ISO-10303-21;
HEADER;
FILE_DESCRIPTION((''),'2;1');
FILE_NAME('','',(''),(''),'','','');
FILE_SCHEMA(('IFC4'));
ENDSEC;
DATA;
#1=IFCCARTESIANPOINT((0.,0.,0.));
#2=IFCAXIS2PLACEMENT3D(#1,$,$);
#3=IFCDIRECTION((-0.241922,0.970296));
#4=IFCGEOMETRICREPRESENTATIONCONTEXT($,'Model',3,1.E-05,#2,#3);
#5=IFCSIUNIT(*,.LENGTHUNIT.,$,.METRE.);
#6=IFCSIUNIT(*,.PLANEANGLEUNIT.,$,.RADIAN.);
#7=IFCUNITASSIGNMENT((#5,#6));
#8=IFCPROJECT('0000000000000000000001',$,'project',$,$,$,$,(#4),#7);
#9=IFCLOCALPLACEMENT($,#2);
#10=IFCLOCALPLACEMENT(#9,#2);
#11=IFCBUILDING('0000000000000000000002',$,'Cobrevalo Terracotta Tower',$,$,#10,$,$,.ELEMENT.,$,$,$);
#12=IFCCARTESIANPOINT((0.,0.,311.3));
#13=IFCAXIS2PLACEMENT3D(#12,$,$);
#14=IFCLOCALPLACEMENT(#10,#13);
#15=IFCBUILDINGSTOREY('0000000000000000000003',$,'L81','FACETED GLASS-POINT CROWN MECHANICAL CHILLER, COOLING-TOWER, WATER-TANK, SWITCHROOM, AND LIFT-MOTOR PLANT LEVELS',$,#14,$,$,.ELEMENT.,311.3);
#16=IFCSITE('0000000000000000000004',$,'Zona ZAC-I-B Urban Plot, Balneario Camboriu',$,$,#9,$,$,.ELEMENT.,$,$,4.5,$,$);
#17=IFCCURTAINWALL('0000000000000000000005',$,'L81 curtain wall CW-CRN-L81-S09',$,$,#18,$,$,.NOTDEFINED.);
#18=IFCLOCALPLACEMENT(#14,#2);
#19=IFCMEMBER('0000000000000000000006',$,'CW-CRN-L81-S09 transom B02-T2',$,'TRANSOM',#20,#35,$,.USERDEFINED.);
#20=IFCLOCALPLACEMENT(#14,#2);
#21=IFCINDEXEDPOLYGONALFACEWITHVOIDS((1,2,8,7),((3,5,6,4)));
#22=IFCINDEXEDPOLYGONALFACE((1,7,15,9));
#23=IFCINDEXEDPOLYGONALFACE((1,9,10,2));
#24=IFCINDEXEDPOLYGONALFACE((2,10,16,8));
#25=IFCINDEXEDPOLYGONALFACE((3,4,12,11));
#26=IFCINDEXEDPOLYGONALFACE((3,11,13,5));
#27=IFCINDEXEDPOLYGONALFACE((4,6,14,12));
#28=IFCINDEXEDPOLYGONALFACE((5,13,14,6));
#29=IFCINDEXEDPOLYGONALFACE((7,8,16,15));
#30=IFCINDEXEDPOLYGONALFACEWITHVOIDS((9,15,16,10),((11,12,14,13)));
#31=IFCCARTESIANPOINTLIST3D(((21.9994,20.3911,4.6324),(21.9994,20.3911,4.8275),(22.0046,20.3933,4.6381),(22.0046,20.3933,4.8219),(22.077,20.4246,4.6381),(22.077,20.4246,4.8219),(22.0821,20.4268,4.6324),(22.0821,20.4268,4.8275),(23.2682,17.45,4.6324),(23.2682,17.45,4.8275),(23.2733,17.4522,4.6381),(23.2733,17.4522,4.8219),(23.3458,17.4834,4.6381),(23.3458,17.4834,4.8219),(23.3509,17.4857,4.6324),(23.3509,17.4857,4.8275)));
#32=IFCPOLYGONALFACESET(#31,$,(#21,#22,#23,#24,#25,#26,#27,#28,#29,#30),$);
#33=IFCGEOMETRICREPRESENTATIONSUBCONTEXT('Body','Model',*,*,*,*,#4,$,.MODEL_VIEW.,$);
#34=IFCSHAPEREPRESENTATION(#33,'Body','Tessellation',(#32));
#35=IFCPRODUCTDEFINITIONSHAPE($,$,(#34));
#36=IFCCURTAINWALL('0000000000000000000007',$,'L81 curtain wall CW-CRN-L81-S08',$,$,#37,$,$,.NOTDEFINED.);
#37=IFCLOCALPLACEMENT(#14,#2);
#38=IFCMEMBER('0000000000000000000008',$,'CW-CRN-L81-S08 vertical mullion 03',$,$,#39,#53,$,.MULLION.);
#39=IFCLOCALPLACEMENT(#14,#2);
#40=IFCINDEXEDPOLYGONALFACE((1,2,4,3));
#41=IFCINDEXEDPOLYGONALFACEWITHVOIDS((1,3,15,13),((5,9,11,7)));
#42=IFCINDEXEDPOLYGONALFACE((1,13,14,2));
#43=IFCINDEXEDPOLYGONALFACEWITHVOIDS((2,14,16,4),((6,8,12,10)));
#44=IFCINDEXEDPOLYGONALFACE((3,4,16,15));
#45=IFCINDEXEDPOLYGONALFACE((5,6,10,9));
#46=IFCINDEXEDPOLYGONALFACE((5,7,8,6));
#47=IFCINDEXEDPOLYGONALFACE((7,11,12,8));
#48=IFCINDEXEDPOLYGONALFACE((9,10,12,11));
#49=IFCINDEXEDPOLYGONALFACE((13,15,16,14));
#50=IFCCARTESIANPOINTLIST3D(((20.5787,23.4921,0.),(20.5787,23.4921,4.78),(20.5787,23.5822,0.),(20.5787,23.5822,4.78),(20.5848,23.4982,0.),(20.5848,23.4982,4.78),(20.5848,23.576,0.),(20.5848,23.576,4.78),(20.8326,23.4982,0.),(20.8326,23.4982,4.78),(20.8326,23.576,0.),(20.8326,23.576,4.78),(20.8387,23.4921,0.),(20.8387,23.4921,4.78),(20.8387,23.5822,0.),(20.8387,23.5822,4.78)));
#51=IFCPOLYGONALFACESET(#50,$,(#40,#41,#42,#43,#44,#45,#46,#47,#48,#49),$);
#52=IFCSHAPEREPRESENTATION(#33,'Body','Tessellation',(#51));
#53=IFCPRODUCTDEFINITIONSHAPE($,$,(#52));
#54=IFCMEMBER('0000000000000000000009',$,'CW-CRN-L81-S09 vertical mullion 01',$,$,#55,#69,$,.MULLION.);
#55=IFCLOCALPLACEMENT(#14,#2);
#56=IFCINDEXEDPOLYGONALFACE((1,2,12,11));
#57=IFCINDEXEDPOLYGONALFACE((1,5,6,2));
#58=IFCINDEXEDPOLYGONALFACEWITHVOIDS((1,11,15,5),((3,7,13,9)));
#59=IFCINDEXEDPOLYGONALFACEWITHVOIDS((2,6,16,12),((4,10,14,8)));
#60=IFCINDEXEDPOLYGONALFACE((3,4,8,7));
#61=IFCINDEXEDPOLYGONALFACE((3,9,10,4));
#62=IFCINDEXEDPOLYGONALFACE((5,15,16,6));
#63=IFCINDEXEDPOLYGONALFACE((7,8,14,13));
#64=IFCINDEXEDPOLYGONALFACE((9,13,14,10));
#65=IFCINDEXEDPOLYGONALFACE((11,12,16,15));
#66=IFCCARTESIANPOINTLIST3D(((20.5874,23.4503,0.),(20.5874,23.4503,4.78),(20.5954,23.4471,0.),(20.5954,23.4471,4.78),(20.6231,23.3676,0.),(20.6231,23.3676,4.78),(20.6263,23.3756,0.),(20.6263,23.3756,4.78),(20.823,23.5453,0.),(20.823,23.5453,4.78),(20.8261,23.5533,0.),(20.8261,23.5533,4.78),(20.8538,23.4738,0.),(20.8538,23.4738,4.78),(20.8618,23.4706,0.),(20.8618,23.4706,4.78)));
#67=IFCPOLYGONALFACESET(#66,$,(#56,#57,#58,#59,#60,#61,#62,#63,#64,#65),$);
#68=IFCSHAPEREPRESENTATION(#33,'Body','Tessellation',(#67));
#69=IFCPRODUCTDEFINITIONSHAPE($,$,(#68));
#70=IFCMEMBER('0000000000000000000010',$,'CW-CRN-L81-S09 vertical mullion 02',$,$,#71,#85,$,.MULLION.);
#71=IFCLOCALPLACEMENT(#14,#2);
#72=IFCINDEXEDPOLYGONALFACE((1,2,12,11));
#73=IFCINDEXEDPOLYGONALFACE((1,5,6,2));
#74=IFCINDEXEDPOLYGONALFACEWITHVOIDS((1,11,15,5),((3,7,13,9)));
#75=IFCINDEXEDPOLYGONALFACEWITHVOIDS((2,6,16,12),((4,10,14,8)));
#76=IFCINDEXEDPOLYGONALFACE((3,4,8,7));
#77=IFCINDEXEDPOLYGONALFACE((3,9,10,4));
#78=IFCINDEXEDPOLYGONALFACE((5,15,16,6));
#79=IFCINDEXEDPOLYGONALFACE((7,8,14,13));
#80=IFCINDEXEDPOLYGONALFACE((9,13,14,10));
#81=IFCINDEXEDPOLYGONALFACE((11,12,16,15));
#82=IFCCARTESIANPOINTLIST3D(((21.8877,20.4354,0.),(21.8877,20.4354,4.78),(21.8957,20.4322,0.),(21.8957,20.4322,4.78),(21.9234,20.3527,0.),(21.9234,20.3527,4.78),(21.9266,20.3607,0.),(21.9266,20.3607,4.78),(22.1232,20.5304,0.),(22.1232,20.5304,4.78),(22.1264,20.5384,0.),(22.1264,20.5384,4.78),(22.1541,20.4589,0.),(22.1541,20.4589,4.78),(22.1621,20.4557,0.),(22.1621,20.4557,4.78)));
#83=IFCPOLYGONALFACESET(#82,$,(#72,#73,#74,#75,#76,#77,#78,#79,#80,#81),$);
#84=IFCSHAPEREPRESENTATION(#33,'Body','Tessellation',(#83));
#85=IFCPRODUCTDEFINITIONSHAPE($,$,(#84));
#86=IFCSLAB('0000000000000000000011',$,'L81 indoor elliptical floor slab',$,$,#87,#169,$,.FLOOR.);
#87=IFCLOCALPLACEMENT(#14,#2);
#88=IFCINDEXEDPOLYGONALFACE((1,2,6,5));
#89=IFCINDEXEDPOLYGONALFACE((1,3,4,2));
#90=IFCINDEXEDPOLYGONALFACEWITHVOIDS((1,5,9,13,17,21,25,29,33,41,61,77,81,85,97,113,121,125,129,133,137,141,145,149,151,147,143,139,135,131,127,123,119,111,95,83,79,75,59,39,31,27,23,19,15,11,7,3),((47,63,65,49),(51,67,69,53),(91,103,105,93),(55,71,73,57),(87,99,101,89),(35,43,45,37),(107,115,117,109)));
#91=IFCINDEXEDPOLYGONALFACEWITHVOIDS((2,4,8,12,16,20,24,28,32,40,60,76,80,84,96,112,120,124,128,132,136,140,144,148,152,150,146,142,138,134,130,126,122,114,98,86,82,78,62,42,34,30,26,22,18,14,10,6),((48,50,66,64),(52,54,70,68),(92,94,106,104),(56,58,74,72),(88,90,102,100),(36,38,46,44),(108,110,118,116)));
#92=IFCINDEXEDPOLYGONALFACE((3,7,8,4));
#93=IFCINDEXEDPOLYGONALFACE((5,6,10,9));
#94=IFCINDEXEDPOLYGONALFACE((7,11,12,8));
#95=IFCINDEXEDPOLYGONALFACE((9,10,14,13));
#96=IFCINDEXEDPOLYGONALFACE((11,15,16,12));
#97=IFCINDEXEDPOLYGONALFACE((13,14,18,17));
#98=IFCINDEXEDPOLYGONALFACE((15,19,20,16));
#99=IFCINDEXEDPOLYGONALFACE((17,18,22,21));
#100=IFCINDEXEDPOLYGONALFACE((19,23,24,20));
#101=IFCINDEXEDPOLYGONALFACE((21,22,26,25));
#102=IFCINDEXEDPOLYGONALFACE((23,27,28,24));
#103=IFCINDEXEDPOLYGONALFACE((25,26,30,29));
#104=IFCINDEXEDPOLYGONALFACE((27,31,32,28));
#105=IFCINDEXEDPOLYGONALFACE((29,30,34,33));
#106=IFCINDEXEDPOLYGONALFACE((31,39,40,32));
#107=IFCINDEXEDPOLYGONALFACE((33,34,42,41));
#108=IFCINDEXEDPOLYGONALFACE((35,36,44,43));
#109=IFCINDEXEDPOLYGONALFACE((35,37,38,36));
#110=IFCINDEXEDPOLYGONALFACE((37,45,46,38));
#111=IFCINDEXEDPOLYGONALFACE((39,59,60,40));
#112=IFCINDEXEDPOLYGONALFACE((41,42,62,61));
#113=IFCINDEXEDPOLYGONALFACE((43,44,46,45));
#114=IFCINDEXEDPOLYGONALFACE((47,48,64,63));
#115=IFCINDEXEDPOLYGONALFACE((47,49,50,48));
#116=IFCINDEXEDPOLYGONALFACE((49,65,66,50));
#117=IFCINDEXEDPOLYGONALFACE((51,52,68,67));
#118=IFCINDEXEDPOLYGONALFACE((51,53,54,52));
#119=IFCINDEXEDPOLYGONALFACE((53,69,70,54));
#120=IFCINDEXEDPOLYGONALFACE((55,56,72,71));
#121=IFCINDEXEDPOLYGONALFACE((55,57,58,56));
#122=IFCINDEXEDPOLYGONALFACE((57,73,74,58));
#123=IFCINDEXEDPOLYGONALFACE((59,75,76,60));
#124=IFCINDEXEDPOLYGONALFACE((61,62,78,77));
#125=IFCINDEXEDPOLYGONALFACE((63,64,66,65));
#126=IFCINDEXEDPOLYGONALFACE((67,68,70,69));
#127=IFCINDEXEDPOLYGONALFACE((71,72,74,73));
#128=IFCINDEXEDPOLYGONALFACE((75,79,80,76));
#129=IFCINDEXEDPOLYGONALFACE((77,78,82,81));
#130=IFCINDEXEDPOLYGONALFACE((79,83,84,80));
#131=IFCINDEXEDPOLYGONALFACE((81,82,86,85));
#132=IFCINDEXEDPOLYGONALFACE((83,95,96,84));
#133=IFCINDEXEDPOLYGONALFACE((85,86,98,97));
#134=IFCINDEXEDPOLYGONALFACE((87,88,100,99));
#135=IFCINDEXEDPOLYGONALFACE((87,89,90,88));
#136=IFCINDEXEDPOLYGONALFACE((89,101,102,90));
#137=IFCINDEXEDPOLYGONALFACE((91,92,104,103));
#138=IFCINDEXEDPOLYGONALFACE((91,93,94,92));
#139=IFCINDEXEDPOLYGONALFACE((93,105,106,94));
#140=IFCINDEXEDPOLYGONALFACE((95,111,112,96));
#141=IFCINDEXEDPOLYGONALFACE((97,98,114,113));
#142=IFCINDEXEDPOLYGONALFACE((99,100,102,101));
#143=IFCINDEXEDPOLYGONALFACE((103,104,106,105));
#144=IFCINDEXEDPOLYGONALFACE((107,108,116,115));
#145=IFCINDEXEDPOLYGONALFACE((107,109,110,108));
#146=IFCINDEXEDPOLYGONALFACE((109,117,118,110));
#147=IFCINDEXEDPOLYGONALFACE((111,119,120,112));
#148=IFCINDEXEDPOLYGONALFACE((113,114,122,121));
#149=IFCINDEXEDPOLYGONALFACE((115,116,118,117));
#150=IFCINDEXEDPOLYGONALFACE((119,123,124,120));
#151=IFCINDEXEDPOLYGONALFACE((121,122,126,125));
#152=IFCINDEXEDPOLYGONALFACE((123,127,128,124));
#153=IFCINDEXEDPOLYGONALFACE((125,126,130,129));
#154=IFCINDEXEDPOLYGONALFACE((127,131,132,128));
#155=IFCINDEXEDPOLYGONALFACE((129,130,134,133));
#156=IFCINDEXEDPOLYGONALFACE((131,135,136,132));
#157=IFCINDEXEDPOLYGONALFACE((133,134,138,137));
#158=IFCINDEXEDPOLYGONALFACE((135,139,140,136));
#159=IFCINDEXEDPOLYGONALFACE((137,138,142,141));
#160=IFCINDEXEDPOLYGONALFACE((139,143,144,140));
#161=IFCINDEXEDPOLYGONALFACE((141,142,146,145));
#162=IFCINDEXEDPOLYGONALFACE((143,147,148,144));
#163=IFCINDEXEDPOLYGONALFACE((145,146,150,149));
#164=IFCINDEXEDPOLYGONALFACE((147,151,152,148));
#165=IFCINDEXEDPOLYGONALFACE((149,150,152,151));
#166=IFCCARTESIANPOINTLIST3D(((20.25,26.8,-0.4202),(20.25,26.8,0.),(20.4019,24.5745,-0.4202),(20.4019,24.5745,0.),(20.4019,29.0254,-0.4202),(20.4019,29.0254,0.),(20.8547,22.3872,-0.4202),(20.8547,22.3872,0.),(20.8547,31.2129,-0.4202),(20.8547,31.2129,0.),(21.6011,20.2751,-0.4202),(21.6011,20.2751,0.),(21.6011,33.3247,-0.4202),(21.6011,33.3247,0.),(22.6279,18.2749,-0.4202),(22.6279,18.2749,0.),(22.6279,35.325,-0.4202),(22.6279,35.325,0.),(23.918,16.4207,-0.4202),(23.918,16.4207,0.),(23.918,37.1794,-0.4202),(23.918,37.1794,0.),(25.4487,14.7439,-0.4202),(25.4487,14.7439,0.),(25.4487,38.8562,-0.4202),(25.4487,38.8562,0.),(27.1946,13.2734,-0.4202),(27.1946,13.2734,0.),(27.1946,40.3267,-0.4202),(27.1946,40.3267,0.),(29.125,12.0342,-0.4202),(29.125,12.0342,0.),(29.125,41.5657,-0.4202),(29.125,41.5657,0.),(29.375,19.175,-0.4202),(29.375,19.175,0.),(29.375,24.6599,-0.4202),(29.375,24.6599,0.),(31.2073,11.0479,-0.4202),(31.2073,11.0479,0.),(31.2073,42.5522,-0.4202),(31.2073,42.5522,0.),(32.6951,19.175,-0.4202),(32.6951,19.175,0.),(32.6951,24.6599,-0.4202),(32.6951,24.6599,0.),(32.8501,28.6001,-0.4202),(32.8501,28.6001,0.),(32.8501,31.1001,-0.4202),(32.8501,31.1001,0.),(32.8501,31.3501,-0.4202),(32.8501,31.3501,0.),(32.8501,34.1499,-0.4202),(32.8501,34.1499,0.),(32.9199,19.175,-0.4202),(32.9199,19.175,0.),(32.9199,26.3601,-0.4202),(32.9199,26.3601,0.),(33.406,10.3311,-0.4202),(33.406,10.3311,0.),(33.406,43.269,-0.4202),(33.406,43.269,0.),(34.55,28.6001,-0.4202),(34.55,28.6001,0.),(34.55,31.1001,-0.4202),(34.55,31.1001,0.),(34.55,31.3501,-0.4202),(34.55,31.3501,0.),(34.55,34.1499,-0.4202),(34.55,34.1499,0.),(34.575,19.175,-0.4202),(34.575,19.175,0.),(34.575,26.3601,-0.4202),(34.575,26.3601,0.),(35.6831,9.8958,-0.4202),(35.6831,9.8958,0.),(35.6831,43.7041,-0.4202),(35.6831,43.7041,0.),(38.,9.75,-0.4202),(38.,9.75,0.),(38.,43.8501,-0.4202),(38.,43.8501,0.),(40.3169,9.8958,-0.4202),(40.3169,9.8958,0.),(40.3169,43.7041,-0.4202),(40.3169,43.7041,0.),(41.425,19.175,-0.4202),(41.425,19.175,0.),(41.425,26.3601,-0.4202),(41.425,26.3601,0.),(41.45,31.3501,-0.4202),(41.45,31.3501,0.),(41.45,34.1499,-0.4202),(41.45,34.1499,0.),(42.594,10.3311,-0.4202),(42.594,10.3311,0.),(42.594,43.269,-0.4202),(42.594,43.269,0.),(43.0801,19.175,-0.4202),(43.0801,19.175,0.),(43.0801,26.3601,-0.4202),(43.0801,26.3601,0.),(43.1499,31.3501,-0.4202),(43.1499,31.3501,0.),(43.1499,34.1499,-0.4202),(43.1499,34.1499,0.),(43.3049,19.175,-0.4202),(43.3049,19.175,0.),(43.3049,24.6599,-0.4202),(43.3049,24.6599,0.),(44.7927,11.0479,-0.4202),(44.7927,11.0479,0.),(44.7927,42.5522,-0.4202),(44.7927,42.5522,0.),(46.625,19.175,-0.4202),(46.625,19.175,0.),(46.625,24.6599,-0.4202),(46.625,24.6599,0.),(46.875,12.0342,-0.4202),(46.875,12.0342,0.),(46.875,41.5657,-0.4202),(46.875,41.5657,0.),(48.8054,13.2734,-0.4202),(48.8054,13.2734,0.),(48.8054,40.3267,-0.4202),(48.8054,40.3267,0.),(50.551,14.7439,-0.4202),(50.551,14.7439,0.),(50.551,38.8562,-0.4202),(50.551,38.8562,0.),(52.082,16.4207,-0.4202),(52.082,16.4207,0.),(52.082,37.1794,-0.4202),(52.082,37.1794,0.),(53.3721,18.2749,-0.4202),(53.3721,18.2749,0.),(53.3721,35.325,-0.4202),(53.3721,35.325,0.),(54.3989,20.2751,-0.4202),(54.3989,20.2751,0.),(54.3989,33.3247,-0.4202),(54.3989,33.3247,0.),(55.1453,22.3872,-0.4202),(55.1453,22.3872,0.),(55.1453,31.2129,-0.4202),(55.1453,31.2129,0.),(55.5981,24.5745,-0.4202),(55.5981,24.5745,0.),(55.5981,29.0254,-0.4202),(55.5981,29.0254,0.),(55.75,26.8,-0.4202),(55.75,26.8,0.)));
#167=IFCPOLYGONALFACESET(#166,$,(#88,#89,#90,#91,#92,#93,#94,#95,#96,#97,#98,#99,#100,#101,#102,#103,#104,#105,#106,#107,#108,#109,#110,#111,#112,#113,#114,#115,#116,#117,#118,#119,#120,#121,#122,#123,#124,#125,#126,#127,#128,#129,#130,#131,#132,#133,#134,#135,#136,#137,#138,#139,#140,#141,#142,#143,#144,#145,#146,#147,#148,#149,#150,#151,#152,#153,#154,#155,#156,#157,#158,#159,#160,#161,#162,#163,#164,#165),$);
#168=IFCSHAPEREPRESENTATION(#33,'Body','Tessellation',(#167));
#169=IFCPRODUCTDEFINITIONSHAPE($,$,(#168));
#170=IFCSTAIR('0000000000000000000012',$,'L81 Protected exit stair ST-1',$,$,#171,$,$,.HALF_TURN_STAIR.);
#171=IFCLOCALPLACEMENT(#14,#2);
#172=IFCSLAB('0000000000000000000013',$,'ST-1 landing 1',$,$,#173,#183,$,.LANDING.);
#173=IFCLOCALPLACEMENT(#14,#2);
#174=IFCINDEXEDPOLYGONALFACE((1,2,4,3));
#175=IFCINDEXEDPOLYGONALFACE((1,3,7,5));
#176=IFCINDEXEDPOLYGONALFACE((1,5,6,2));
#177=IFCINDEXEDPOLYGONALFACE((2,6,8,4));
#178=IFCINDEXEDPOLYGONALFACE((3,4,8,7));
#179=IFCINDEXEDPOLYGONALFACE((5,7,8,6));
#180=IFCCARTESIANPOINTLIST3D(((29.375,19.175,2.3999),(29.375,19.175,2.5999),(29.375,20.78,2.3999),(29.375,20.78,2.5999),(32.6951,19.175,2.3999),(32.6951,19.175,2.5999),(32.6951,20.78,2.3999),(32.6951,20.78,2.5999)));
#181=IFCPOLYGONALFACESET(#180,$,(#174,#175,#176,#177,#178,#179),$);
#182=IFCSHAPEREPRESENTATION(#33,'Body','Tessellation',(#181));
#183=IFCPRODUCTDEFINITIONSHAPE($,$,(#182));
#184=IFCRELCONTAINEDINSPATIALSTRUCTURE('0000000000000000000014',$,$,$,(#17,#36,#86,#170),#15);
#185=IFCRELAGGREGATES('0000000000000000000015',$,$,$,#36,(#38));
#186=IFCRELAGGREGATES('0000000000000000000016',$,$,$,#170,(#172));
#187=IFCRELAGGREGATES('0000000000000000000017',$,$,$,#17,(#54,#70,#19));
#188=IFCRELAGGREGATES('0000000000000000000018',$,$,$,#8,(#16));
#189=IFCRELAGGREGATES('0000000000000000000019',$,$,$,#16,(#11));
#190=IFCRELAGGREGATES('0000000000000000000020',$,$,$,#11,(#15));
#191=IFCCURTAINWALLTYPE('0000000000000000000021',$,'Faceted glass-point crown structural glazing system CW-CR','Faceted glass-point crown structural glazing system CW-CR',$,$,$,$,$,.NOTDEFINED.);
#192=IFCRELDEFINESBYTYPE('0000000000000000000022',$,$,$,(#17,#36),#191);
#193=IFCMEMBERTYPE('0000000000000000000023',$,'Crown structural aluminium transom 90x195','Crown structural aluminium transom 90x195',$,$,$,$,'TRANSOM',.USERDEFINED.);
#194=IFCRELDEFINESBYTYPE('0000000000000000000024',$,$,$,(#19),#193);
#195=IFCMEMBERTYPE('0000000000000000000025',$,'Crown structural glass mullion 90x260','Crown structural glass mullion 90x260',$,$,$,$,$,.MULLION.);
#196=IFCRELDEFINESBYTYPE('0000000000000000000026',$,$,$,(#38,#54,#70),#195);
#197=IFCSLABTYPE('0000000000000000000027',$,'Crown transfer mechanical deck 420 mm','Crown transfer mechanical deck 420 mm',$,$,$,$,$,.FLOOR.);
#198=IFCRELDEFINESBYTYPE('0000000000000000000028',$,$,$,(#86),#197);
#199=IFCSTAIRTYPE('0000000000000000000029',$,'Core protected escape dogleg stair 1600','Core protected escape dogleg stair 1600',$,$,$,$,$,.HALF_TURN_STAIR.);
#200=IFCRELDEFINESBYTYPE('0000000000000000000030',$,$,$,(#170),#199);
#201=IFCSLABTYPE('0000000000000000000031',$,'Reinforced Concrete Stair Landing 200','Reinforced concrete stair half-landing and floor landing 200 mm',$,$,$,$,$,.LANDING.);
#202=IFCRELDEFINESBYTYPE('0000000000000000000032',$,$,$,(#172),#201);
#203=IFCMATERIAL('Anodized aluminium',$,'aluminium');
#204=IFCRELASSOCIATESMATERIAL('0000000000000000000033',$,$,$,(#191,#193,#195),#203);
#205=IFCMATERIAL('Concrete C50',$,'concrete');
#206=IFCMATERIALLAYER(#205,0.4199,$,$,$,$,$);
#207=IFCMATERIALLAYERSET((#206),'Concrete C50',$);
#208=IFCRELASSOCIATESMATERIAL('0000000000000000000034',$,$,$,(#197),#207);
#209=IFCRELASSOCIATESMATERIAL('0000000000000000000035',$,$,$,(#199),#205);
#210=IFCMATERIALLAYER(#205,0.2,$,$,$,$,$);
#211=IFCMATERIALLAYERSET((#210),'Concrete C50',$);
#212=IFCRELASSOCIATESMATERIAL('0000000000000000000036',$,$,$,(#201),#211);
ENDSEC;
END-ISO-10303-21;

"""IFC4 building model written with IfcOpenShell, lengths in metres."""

from ifc_helpers import new_model, si_unit, direction, frame, origin, origin_2d, place, context, subcontext, project, spatial, polyline, hollow_rectangle, outline, extrude, source, transform, mapped, material, layer, layer_set, material_profile, profile_set, type_object, element, aggregate, save


model = new_model("IFC4")

# Units and contexts
model_context = context("Model", 3, precision=1e-05, world=origin(), true_north=direction((-0.241922, 0.970296)))
body_context = subcontext(model_context, "Body", "Model", "MODEL_VIEW")
ifc_project = project(units=[si_unit("LENGTHUNIT", "METRE"), si_unit("PLANEANGLEUNIT", "RADIAN")], contexts=[model_context])

# Site, building, storey
site_placement = place(None, origin())
site = spatial("IfcSite", under=ifc_project, at=site_placement, Name="Zona ZAC-I-B Urban Plot, Balneario Camboriu", CompositionType="ELEMENT", RefElevation=4.5)
building_placement = place(site_placement, origin())
building = spatial("IfcBuilding", under=site, at=building_placement, Name="Cobrevalo Terracotta Tower", CompositionType="ELEMENT")
storey_placement = place(building_placement, frame((0.0, 0.0, 311.3)))
storey = spatial("IfcBuildingStorey", under=building, at=storey_placement, Name="L81", Description="FACETED GLASS-POINT CROWN MECHANICAL CHILLER, COOLING-TOWER, WATER-TANK, SWITCHROOM, AND LIFT-MOTOR PLANT LEVELS", CompositionType="ELEMENT", Elevation=311.3)

# Curtain wall, member
ifc_material_1 = material(Name="Anodized aluminium", Category="aluminium")
curtain_wall_type = type_object("IfcCurtainWallType", Name="Faceted glass-point crown structural glazing system CW-CR", Description="Faceted glass-point crown structural glazing system CW-CR", PredefinedType="NOTDEFINED", material=ifc_material_1)
curtain_wall_1_placement = place(storey_placement, origin())
curtain_wall_1 = element("IfcCurtainWall", 1, at=curtain_wall_1_placement, inside=storey, type_object=curtain_wall_type, Name="L81 curtain wall CW-CRN-L81-S09", PredefinedType="NOTDEFINED")
ifc_material_profile_1 = material_profile(ifc_material_1, hollow_rectangle(XDim=0.0901, YDim=0.1951, WallThickness=0.0056, at=origin_2d()), Name="CWT 90x195")
ifc_profile_set_1 = profile_set([ifc_material_profile_1], Name="Anodized aluminium")
member_type_1 = type_object("IfcMemberType", Name="Crown structural aluminium transom 90x195", Description="Crown structural aluminium transom 90x195", ElementType="TRANSOM", PredefinedType="USERDEFINED", material=ifc_profile_set_1)
shared_shape_1 = source(origin(), body_context, "Body", "SweptSolid", [
    extrude(hollow_rectangle(XDim=0.0901, YDim=0.1951, WallThickness=0.0056, at=origin_2d()), origin(), (0.0, 0.0, 1.0), 3.2031),
])
member_1_placement = place(storey_placement, frame((22.0408, 20.4089, 4.73), z_axis=(0.396107, -0.918204, 0.0), x_axis=(0.918204, 0.396107, 0.0)))
member_1 = element("IfcMember", 2, at=member_1_placement, type_object=member_type_1, Name="CW-CRN-L81-S09 transom B02-T2", ObjectType="TRANSOM", PredefinedType="USERDEFINED", context=body_context, shape_type="MappedRepresentation", body=[
    mapped(shared_shape_1, transform((0.0, 0.0, 0.0), scale=1.0)),
])

# Curtain wall, member
curtain_wall_2_placement = place(storey_placement, origin())
curtain_wall_2 = element("IfcCurtainWall", 3, at=curtain_wall_2_placement, inside=storey, type_object=curtain_wall_type, Name="L81 curtain wall CW-CRN-L81-S08", PredefinedType="NOTDEFINED")
ifc_material_profile_2 = material_profile(ifc_material_1, hollow_rectangle(XDim=0.0901, YDim=0.26, WallThickness=0.0061, at=origin_2d()), Name="CWM 90x260")
ifc_profile_set_2 = profile_set([ifc_material_profile_2], Name="Anodized aluminium")
member_type_2 = type_object("IfcMemberType", Name="Crown structural glass mullion 90x260", Description="Crown structural glass mullion 90x260", PredefinedType="MULLION", material=ifc_profile_set_2)
shared_shape_2 = source(origin(), body_context, "Body", "SweptSolid", [
    extrude(hollow_rectangle(XDim=0.0901, YDim=0.26, WallThickness=0.0061, at=origin_2d()), origin(), (0.0, 0.0, 1.0), 4.78),
])
member_2_placement = place(storey_placement, frame((20.7087, 23.5371, 0.0), z_axis=(0.0, 0.0, 1.0), x_axis=(0.0, -1.0, 0.0)))
member_2 = element("IfcMember", 4, at=member_2_placement, type_object=member_type_2, Name="CW-CRN-L81-S08 vertical mullion 03", PredefinedType="MULLION", context=body_context, shape_type="MappedRepresentation", body=[
    mapped(shared_shape_2, transform((0.0, 0.0, 0.0), scale=1.0)),
])
aggregate(curtain_wall_2, [member_2])

# Members
member_3_placement = place(storey_placement, frame((20.7246, 23.4604, 0.0), z_axis=(0.0, 0.0, 1.0), x_axis=(0.396058, -0.918225, 0.0)))
member_3 = element("IfcMember", 5, at=member_3_placement, type_object=member_type_2, Name="CW-CRN-L81-S09 vertical mullion 01", PredefinedType="MULLION", context=body_context, shape_type="MappedRepresentation", body=[
    mapped(shared_shape_2, transform((0.0, 0.0, 0.0), scale=1.0)),
])
member_4_placement = place(storey_placement, frame((22.0249, 20.4456, 0.0), z_axis=(0.0, 0.0, 1.0), x_axis=(0.396058, -0.918225, 0.0)))
member_4 = element("IfcMember", 6, at=member_4_placement, type_object=member_type_2, Name="CW-CRN-L81-S09 vertical mullion 02", PredefinedType="MULLION", context=body_context, shape_type="MappedRepresentation", body=[
    mapped(shared_shape_2, transform((0.0, 0.0, 0.0), scale=1.0)),
])

# Slab
ifc_material_2 = material(Name="Concrete C50", Category="concrete")
ifc_layer_1 = layer(ifc_material_2, 0.4199)
ifc_layer_set_1 = layer_set([ifc_layer_1], Name="Concrete C50")
slab_type_1 = type_object("IfcSlabType", Name="Crown transfer mechanical deck 420 mm", Description="Crown transfer mechanical deck 420 mm", PredefinedType="FLOOR", material=ifc_layer_set_1)
slab_1_placement = place(storey_placement, frame((0.0, 0.0, -0.4202)))
element("IfcSlab", 7, at=slab_1_placement, inside=storey, type_object=slab_type_1, Name="L81 indoor elliptical floor slab", PredefinedType="FLOOR", context=body_context, shape_type="SweptSolid", body=[
    extrude(outline(polyline([(55.5981, 24.5745), (55.1453, 22.3872), (54.3989, 20.2751), (53.3721, 18.2749), (52.082, 16.4207), (50.551, 14.7439), (48.8054, 13.2734), (46.875, 12.0342), (44.7927, 11.0479), (42.594, 10.3311), (40.3169, 9.8958), (38.0, 9.75), (35.6831, 9.8958), (33.406, 10.3311), (31.2073, 11.0479), (29.125, 12.0342), (27.1946, 13.2734), (25.4487, 14.7439), (23.918, 16.4207), (22.6279, 18.2749), (21.6011, 20.2751), (20.8547, 22.3872), (20.4019, 24.5745), (20.25, 26.8), (20.4019, 29.0254), (20.8547, 31.2129), (21.6011, 33.3247), (22.6279, 35.325), (23.918, 37.1794), (25.4487, 38.8562), (27.1946, 40.3267), (29.125, 41.5657), (31.2073, 42.5522), (33.406, 43.269), (35.6831, 43.7041), (38.0, 43.8501), (40.3169, 43.7041), (42.594, 43.269), (44.7927, 42.5522), (46.875, 41.5657), (48.8054, 40.3267), (50.551, 38.8562), (52.082, 37.1794), (53.3721, 35.325), (54.3989, 33.3247), (55.1453, 31.2129), (55.5981, 29.0254), (55.75, 26.8), (55.5981, 24.5745)]), holes=[polyline([(32.6951, 24.6599), (29.375, 24.6599), (29.375, 19.175), (32.6951, 19.175), (32.6951, 24.6599)]), polyline([(46.625, 19.175), (46.625, 24.6599), (43.3049, 24.6599), (43.3049, 19.175), (46.625, 19.175)]), polyline([(34.575, 26.3601), (32.9199, 26.3601), (32.9199, 19.175), (34.575, 19.175), (34.575, 26.3601)]), polyline([(43.0801, 26.3601), (41.425, 26.3601), (41.425, 19.175), (43.0801, 19.175), (43.0801, 26.3601)]), polyline([(34.55, 31.1001), (32.8501, 31.1001), (32.8501, 28.6001), (34.55, 28.6001), (34.55, 31.1001)]), polyline([(34.55, 34.1499), (32.8501, 34.1499), (32.8501, 31.3501), (34.55, 31.3501), (34.55, 34.1499)]), polyline([(43.1499, 34.1499), (41.45, 34.1499), (41.45, 31.3501), (43.1499, 31.3501), (43.1499, 34.1499)])]), origin(), (0.0, 0.0, 1.0), 0.4202),
])

# Stair, slab
stair_type = type_object("IfcStairType", Name="Core protected escape dogleg stair 1600", Description="Core protected escape dogleg stair 1600", PredefinedType="HALF_TURN_STAIR", material=ifc_material_2)
stair_1_placement = place(storey_placement, origin())
stair_1 = element("IfcStair", 8, at=stair_1_placement, inside=storey, type_object=stair_type, Name="L81 Protected exit stair ST-1", PredefinedType="HALF_TURN_STAIR")
ifc_layer_2 = layer(ifc_material_2, 0.2)
ifc_layer_set_2 = layer_set([ifc_layer_2], Name="Concrete C50")
slab_type_2 = type_object("IfcSlabType", Name="Reinforced Concrete Stair Landing 200", Description="Reinforced concrete stair half-landing and floor landing 200 mm", PredefinedType="LANDING", material=ifc_layer_set_2)
slab_2_placement = place(storey_placement, frame((0.0, 0.0, 2.3999)))
slab_2 = element("IfcSlab", 9, at=slab_2_placement, type_object=slab_type_2, Name="ST-1 landing 1", PredefinedType="LANDING", context=body_context, shape_type="SweptSolid", body=[
    extrude(outline(polyline([(29.375, 20.78), (29.375, 19.175), (32.6951, 19.175), (32.6951, 20.78), (29.375, 20.78)])), origin(), (0.0, 0.0, 1.0), 0.2),
])
aggregate(stair_1, [slab_2])

aggregate(curtain_wall_1, [member_3, member_4, member_1])

save(model, "model.ifc")
